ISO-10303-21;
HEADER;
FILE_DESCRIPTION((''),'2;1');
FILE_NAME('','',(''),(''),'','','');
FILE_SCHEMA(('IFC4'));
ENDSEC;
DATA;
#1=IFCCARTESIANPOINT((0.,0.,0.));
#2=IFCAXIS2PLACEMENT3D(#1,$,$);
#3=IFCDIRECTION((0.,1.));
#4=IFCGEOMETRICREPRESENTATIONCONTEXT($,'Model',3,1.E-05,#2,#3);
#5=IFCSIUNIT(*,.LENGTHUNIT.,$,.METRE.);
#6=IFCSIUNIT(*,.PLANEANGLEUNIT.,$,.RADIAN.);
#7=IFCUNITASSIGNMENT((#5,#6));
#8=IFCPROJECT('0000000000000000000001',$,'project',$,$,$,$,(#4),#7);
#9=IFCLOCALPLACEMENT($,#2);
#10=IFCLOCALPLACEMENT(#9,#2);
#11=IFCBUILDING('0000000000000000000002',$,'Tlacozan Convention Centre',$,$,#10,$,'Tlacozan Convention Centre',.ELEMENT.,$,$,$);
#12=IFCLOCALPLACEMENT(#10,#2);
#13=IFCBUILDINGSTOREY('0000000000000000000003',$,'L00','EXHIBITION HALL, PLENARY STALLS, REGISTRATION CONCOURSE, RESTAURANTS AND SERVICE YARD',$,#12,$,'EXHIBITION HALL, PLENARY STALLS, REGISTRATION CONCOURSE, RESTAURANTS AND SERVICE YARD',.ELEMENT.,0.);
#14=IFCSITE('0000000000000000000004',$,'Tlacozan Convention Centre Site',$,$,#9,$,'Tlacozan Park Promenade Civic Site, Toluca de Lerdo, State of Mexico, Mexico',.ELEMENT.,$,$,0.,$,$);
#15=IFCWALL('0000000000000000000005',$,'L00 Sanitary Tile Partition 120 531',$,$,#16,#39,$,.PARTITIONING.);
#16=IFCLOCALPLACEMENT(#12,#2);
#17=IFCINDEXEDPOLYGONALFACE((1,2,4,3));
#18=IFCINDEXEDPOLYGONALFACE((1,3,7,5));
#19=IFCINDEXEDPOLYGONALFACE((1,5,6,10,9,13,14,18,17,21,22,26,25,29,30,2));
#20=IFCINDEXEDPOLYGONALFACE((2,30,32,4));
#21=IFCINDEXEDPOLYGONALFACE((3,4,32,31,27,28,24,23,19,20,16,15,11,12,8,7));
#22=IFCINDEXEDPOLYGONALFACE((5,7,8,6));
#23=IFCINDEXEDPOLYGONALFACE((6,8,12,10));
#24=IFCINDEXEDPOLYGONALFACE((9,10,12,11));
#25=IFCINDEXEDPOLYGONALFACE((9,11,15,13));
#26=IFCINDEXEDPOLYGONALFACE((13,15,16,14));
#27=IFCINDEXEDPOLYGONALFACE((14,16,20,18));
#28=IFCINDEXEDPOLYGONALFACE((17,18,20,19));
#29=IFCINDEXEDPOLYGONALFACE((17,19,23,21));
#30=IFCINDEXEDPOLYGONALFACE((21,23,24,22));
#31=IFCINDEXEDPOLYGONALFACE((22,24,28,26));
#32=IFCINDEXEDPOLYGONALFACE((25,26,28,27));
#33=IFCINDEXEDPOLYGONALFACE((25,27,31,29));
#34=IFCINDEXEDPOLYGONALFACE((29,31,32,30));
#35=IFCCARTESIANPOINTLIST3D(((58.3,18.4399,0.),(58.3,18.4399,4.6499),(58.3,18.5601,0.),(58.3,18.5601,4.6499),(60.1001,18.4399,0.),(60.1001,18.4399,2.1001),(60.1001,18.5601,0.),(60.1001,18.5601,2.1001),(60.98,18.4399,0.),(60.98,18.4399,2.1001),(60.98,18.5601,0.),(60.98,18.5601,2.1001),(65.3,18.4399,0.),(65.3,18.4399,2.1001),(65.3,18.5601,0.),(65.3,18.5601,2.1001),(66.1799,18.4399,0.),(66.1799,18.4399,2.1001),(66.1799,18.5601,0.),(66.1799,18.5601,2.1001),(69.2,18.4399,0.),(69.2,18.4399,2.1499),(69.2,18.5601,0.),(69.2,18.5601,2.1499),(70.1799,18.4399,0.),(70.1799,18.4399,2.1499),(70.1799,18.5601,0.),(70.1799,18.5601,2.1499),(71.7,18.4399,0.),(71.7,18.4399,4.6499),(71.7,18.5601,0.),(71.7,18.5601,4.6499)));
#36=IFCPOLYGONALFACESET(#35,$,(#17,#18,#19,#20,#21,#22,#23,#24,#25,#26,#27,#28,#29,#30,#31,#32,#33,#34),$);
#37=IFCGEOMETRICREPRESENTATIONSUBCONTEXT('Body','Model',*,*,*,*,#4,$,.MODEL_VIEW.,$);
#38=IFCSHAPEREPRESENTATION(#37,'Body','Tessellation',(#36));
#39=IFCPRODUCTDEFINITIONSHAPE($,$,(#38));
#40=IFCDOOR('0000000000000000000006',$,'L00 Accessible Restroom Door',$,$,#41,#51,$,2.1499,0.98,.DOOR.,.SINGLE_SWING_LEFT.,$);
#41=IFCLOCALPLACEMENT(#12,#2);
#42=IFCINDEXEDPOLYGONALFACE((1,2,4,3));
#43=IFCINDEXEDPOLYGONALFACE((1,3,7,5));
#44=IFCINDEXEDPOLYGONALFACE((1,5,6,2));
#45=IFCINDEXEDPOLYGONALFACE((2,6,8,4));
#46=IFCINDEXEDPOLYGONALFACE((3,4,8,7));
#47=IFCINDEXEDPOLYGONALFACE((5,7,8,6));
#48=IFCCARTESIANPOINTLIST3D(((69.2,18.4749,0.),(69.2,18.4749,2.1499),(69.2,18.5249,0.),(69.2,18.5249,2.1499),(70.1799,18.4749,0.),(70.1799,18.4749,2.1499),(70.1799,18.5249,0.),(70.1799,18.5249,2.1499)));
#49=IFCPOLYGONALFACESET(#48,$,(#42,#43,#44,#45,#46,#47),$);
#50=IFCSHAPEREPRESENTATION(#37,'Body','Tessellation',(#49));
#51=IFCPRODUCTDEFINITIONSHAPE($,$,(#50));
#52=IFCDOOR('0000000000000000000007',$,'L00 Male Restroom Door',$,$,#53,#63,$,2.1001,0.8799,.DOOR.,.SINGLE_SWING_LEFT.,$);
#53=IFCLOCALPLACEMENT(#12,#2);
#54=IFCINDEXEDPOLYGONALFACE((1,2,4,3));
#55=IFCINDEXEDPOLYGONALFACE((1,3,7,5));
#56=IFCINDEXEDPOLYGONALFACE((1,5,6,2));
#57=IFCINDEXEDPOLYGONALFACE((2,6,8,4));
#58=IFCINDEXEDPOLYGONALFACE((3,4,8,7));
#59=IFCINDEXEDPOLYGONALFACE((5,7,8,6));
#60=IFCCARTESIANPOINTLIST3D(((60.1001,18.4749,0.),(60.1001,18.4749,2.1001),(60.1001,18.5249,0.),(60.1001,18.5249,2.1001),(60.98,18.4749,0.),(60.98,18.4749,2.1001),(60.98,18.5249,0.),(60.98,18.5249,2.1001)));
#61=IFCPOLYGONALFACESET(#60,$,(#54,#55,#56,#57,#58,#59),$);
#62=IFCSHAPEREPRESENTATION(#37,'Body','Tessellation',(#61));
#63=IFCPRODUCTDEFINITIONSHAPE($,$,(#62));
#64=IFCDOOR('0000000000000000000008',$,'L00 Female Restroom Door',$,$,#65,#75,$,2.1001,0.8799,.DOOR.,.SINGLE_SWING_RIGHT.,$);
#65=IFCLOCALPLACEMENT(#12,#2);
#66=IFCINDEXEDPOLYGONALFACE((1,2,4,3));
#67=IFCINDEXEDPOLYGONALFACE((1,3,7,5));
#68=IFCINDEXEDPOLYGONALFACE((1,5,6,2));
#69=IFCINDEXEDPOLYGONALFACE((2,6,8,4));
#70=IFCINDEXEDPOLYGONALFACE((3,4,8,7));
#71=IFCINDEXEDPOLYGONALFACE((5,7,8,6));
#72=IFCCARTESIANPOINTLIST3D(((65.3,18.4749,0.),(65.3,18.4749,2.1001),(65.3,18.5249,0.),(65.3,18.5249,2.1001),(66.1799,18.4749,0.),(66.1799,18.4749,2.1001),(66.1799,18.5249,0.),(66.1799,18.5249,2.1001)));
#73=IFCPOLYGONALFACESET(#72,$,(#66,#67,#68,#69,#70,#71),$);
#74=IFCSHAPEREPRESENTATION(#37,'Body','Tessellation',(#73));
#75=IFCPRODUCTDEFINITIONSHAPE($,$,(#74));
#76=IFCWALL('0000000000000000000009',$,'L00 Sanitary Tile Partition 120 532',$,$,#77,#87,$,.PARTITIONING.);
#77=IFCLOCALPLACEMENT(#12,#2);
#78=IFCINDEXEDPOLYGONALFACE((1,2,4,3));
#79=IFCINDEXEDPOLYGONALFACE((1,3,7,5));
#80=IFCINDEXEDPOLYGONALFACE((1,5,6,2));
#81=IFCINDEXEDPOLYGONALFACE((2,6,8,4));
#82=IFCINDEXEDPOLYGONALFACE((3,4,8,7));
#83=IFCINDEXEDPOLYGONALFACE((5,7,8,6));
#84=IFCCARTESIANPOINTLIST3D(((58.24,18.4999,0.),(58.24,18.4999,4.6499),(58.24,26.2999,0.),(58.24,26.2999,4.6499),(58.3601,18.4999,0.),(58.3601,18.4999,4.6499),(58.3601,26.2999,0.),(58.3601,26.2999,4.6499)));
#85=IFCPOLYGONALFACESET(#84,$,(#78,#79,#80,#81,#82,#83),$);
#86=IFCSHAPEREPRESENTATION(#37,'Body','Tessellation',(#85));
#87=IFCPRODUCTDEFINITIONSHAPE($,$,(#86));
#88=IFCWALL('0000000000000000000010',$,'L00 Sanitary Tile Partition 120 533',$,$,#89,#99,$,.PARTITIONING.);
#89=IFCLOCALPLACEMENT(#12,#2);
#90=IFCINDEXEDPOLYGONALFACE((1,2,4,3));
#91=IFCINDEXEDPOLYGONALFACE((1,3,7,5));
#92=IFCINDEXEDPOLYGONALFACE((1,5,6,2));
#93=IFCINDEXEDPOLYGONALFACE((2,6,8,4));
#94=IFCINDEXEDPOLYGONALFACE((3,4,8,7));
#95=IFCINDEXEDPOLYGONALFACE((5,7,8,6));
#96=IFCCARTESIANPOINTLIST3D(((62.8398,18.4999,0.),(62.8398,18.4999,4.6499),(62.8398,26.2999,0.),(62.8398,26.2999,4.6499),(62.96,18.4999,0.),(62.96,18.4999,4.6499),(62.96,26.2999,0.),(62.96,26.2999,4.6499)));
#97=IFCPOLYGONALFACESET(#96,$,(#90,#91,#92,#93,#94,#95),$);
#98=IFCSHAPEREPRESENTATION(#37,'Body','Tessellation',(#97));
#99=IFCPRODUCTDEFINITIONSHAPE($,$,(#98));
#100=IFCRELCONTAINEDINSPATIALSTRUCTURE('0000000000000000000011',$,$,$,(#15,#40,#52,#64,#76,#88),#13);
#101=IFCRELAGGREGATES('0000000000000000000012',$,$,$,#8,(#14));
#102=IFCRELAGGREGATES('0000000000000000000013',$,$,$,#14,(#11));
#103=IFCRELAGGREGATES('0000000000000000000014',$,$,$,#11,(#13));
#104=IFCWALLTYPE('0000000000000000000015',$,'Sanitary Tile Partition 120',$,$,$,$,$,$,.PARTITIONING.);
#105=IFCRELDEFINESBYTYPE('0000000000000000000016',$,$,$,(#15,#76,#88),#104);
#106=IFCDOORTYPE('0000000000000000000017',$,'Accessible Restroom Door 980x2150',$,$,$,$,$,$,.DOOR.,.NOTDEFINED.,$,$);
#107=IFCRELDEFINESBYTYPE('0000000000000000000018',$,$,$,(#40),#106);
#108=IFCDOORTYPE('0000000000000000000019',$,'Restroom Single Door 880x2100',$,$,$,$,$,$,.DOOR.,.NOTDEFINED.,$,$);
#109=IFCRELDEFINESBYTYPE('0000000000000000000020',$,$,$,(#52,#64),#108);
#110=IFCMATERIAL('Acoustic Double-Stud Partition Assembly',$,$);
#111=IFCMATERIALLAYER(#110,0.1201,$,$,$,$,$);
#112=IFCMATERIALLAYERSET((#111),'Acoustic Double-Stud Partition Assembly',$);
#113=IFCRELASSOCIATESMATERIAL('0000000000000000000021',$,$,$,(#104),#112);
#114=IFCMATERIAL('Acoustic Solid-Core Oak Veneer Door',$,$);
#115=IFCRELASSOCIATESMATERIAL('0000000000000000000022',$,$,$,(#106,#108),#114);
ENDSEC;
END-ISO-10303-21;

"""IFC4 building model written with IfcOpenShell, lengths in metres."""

from ifc_helpers import new_model, si_unit, direction, frame, frame_2d, origin, place, context, subcontext, project, spatial, rectangle, extrude, material, layer, layer_set, type_object, element, fill, save


model = new_model("IFC4")

# Units and contexts
model_context = context("Model", 3, precision=1e-05, world=origin(), true_north=direction((0.0, 1.0)))
body_context = subcontext(model_context, "Body", "Model", "MODEL_VIEW")
ifc_project = project(units=[si_unit("LENGTHUNIT", "METRE"), si_unit("PLANEANGLEUNIT", "RADIAN")], contexts=[model_context])

# Site, building, storey
site_placement = place(None, origin())
site = spatial("IfcSite", under=ifc_project, at=site_placement, Name="Tlacozan Convention Centre Site", LongName="Tlacozan Park Promenade Civic Site, Toluca de Lerdo, State of Mexico, Mexico", CompositionType="ELEMENT", RefElevation=0.0)
building_placement = place(site_placement, origin())
building = spatial("IfcBuilding", under=site, at=building_placement, Name="Tlacozan Convention Centre", LongName="Tlacozan Convention Centre", CompositionType="ELEMENT")
storey_placement = place(building_placement, origin())
storey = spatial("IfcBuildingStorey", under=building, at=storey_placement, Name="L00", Description="EXHIBITION HALL, PLENARY STALLS, REGISTRATION CONCOURSE, RESTAURANTS AND SERVICE YARD", LongName="EXHIBITION HALL, PLENARY STALLS, REGISTRATION CONCOURSE, RESTAURANTS AND SERVICE YARD", CompositionType="ELEMENT", Elevation=0.0)

# Wall, openings, doors
ifc_material_1 = material(Name="Acoustic Double-Stud Partition Assembly")
ifc_layer_1 = layer(ifc_material_1, 0.1201)
ifc_layer_set_1 = layer_set([ifc_layer_1], Name="Acoustic Double-Stud Partition Assembly")
wall_type = type_object("IfcWallType", Name="Sanitary Tile Partition 120", PredefinedType="PARTITIONING", material=ifc_layer_set_1)
wall_placement = place(storey_placement, frame((58.3, 18.5, 0.0), z_axis=(0.0, 0.0, 1.0), x_axis=(1.0, 0.0, 0.0)))
wall = element("IfcWall", 1, at=wall_placement, inside=storey, type_object=wall_type, Name="L00 Sanitary Tile Partition 120 531", PredefinedType="PARTITIONING", context=body_context, shape_type="SweptSolid", body=[
    extrude(rectangle(XDim=13.3999, YDim=0.1201, at=frame_2d((6.7, 0.0))), origin(), (0.0, 0.0, 1.0), 4.6499),
])
opening_1_placement = place(wall_placement, frame((1.8, 0.0, 0.0)))
opening_1 = element("IfcOpeningElement", 2, at=opening_1_placement, cuts=wall, PredefinedType="OPENING", context=body_context, shape_type="SweptSolid", body=[
    extrude(rectangle(XDim=0.8799, YDim=2.1001, at=frame_2d((0.4399, 1.05))), frame((0.0, 0.0701, 0.0), z_axis=(0.0, -1.0, 0.0), x_axis=(1.0, 0.0, 0.0)), (0.0, 0.0, 1.0), 0.1401),
])
opening_2_placement = place(wall_placement, frame((7.0, 0.0, 0.0)))
opening_2 = element("IfcOpeningElement", 3, at=opening_2_placement, cuts=wall, PredefinedType="OPENING", context=body_context, shape_type="SweptSolid", body=[
    extrude(rectangle(XDim=0.8799, YDim=2.1001, at=frame_2d((0.4399, 1.05))), frame((0.0, 0.0701, 0.0), z_axis=(0.0, -1.0, 0.0), x_axis=(1.0, 0.0, 0.0)), (0.0, 0.0, 1.0), 0.1401),
])
opening_3_placement = place(wall_placement, frame((10.8999, 0.0, 0.0)))
opening_3 = element("IfcOpeningElement", 4, at=opening_3_placement, cuts=wall, PredefinedType="OPENING", context=body_context, shape_type="SweptSolid", body=[
    extrude(rectangle(XDim=0.98, YDim=2.1499, at=frame_2d((0.49, 1.075))), frame((0.0, 0.0701, 0.0), z_axis=(0.0, -1.0, 0.0), x_axis=(1.0, 0.0, 0.0)), (0.0, 0.0, 1.0), 0.1401),
])
ifc_material_2 = material(Name="Acoustic Solid-Core Oak Veneer Door")
door_type_1 = type_object("IfcDoorType", Name="Accessible Restroom Door 980x2150", OperationType="NOTDEFINED", PredefinedType="DOOR", material=ifc_material_2)
door_1_placement = place(opening_3_placement, origin())
door_1 = element("IfcDoor", 5, at=door_1_placement, inside=storey, type_object=door_type_1, Name="L00 Accessible Restroom Door", OperationType="SINGLE_SWING_LEFT", OverallHeight=2.1499, OverallWidth=0.98, PredefinedType="DOOR", context=body_context, shape_type="SweptSolid", body=[
    extrude(rectangle(XDim=0.98, YDim=2.1499, at=frame_2d((0.49, 1.075))), frame((0.0, 0.0249, 0.0), z_axis=(0.0, -1.0, 0.0), x_axis=(1.0, 0.0, 0.0)), (0.0, 0.0, 1.0), 0.05),
])
fill(opening_3, door_1)
door_type_2 = type_object("IfcDoorType", Name="Restroom Single Door 880x2100", OperationType="NOTDEFINED", PredefinedType="DOOR", material=ifc_material_2)
door_2_placement = place(opening_1_placement, origin())
door_2 = element("IfcDoor", 6, at=door_2_placement, inside=storey, type_object=door_type_2, Name="L00 Male Restroom Door", OperationType="SINGLE_SWING_LEFT", OverallHeight=2.1001, OverallWidth=0.8799, PredefinedType="DOOR", context=body_context, shape_type="SweptSolid", body=[
    extrude(rectangle(XDim=0.8799, YDim=2.1001, at=frame_2d((0.4399, 1.05))), frame((0.0, 0.0249, 0.0), z_axis=(0.0, -1.0, 0.0), x_axis=(1.0, 0.0, 0.0)), (0.0, 0.0, 1.0), 0.05),
])
fill(opening_1, door_2)
door_3_placement = place(opening_2_placement, origin())
door_3 = element("IfcDoor", 7, at=door_3_placement, inside=storey, type_object=door_type_2, Name="L00 Female Restroom Door", OperationType="SINGLE_SWING_RIGHT", OverallHeight=2.1001, OverallWidth=0.8799, PredefinedType="DOOR", context=body_context, shape_type="SweptSolid", body=[
    extrude(rectangle(XDim=0.8799, YDim=2.1001, at=frame_2d((0.4399, 1.05))), frame((0.0, 0.0249, 0.0), z_axis=(0.0, -1.0, 0.0), x_axis=(1.0, 0.0, 0.0)), (0.0, 0.0, 1.0), 0.05),
])
fill(opening_2, door_3)

# Walls
for number, where, z_axis, x_axis, name in (
    (8, (58.3, 18.5, 0.0), (0.0, 0.0, 1.0), (0.0, 1.0, 0.0), "L00 Sanitary Tile Partition 120 532"),
    (9, (62.8999, 18.5, 0.0), (0.0, 0.0, 1.0), (0.0, 1.0, 0.0), "L00 Sanitary Tile Partition 120 533"),
):
    element("IfcWall", number, at=place(storey_placement, frame(where, z_axis=z_axis, x_axis=x_axis)), inside=storey, type_object=wall_type, Name=name, PredefinedType="PARTITIONING", context=body_context, shape_type="SweptSolid", body=[
        extrude(rectangle(XDim=7.8, YDim=0.1201, at=frame_2d((3.8999, 0.0))), origin(), (0.0, 0.0, 1.0), 4.6499),
    ])

save(model, "model.ifc")
